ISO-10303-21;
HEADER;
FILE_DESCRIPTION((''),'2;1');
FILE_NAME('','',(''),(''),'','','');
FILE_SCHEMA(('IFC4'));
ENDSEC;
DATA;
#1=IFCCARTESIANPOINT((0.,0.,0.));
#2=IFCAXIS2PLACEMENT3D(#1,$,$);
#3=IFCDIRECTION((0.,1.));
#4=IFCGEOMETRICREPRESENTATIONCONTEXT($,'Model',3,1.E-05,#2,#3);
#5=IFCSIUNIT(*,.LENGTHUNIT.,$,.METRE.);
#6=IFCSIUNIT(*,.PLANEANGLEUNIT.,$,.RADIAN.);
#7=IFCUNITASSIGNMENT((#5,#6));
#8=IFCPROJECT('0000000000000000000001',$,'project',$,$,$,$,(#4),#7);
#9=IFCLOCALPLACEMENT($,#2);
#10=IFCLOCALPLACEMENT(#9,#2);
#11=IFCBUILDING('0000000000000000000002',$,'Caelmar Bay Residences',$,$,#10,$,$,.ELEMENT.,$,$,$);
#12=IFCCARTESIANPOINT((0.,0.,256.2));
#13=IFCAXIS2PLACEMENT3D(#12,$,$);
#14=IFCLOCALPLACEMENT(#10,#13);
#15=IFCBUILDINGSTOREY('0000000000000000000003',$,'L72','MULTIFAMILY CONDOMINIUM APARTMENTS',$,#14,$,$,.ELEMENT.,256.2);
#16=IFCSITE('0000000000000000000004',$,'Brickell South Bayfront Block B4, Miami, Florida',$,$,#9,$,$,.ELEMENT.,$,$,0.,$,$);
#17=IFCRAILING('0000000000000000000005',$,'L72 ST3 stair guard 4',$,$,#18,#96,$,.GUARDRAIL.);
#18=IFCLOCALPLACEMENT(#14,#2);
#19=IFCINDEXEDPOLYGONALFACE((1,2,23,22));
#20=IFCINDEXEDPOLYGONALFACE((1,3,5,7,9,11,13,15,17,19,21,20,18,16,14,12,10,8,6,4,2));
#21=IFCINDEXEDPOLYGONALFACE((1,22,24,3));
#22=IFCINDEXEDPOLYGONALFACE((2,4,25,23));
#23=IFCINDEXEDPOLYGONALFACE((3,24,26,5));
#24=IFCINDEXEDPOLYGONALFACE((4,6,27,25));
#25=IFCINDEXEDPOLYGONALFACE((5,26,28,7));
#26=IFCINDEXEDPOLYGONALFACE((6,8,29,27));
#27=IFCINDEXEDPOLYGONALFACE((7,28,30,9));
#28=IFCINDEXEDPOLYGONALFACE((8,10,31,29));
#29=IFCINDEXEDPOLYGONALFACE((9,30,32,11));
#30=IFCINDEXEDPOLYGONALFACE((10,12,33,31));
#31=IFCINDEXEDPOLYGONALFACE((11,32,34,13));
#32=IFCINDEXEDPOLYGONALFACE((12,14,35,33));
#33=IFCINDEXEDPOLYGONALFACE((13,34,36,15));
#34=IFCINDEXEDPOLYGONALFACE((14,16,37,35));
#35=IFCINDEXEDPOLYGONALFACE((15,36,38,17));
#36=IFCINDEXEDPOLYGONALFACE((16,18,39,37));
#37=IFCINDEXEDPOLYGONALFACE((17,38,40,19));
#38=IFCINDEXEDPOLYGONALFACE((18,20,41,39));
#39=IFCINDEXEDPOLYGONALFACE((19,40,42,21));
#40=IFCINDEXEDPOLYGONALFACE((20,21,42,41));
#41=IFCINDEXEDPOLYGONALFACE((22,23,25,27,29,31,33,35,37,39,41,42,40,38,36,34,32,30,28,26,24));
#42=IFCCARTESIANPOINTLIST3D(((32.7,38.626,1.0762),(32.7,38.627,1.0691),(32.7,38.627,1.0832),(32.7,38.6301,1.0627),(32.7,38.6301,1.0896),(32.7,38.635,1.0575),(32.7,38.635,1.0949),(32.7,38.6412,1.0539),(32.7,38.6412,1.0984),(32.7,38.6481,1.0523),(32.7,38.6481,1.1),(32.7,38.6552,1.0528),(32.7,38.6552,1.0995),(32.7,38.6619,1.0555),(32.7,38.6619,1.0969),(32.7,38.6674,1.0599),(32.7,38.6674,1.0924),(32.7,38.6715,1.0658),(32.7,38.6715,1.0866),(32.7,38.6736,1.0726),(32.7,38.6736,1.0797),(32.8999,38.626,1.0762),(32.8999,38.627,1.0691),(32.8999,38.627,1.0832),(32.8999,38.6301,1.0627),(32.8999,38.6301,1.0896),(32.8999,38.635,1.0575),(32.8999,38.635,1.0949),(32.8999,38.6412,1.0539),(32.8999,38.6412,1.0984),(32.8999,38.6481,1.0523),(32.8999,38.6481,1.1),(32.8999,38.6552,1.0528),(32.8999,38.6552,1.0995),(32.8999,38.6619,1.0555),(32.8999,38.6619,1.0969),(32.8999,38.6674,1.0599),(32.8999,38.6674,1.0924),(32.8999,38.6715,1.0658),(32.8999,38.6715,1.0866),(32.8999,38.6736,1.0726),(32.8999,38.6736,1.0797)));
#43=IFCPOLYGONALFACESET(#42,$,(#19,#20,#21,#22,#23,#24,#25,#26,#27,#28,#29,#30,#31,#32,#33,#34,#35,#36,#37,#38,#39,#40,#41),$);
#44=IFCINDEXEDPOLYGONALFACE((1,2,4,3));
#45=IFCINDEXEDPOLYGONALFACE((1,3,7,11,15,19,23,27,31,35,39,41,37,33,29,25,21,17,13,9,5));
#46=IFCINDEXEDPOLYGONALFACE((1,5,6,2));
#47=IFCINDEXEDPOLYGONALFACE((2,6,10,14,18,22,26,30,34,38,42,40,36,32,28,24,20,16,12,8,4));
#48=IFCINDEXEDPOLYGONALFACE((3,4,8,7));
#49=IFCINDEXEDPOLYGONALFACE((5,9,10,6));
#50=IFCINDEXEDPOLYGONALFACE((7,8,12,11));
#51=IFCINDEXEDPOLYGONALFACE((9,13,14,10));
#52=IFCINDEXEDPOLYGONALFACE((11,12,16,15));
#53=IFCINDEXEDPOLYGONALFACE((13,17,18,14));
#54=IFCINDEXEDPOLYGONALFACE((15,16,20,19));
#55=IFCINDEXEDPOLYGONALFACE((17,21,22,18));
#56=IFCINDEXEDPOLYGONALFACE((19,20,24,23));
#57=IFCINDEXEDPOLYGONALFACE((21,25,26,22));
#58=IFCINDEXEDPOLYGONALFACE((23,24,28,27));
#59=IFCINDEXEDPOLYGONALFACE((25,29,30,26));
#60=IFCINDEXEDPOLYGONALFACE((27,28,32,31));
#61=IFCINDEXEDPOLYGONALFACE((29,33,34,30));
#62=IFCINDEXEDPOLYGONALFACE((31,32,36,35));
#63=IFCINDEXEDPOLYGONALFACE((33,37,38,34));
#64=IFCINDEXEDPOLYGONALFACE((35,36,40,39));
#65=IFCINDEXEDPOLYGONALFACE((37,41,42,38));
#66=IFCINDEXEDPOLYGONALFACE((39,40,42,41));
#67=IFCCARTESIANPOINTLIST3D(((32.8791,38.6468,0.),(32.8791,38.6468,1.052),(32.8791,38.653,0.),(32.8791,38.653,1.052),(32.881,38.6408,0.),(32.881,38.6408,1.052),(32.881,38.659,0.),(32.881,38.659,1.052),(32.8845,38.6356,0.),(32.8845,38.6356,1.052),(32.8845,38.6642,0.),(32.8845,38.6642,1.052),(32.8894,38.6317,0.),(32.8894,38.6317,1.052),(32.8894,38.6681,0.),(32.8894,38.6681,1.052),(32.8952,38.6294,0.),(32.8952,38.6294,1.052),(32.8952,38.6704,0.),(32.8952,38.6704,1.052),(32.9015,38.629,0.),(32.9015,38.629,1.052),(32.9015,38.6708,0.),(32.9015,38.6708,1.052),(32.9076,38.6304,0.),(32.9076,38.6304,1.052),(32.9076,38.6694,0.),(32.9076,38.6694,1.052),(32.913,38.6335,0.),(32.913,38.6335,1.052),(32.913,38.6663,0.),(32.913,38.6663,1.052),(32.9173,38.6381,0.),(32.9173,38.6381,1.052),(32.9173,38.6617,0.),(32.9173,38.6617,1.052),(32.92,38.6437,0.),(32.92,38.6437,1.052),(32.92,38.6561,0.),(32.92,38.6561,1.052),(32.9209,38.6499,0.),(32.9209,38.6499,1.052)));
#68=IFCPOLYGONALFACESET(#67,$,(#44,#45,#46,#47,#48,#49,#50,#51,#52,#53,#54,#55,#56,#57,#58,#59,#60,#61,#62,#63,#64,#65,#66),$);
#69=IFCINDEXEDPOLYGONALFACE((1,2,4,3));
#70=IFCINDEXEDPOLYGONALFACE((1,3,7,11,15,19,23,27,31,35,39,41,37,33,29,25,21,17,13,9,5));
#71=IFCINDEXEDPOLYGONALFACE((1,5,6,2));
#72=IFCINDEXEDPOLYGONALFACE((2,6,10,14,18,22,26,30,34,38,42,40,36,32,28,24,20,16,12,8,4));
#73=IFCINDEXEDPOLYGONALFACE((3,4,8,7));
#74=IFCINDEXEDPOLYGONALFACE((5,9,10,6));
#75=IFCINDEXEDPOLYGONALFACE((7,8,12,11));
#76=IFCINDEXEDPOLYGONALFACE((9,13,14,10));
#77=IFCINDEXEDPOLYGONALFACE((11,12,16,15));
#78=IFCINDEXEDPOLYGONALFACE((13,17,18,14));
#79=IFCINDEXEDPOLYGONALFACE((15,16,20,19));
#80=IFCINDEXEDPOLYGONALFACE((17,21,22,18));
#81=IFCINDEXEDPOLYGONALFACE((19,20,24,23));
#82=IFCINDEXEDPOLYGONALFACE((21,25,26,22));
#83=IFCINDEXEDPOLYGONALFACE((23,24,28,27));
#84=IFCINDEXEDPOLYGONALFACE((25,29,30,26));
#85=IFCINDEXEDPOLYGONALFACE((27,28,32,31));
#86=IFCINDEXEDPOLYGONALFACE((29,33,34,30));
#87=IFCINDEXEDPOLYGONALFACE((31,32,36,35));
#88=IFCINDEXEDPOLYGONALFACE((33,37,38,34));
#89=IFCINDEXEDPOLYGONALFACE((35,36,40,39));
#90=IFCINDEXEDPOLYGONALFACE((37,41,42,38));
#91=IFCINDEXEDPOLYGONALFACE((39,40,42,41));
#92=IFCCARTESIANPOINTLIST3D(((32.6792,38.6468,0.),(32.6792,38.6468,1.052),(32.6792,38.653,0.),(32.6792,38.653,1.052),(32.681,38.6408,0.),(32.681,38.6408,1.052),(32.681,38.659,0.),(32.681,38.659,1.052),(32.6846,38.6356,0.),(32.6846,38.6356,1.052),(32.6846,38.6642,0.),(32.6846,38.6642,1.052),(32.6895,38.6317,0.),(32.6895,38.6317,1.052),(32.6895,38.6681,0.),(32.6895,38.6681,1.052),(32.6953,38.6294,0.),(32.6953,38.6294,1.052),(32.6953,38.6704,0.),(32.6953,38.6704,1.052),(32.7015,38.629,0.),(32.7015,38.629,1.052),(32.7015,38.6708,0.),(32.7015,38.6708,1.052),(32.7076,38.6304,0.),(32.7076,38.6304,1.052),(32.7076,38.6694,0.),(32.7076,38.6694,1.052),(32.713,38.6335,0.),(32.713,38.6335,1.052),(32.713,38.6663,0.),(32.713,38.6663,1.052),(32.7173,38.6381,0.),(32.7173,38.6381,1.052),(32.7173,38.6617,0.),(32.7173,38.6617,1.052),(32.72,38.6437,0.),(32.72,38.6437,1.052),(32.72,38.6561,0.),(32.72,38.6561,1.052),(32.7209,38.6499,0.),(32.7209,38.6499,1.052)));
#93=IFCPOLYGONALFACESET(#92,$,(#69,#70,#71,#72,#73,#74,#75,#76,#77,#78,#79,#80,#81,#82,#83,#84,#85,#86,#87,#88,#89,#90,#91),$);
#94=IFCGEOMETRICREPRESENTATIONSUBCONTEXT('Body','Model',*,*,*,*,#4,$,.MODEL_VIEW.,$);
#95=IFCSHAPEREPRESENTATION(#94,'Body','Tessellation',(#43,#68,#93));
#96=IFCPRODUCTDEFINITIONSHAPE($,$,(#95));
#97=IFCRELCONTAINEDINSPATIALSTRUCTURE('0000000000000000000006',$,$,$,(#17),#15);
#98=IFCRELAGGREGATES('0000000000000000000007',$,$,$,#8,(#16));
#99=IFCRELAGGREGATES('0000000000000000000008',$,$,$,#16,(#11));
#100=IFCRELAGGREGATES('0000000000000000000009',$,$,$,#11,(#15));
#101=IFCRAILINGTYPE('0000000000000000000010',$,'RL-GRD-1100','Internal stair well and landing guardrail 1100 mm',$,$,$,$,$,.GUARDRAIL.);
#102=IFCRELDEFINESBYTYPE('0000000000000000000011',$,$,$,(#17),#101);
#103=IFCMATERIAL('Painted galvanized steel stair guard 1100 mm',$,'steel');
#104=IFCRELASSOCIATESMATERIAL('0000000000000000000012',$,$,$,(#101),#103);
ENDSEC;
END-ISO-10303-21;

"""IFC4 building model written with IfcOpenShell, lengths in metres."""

from ifc_helpers import new_model, si_unit, direction, frame, origin, origin_2d, place, context, subcontext, project, spatial, circle, extrude, material, type_object, element, save


model = new_model("IFC4")

# Units and contexts
model_context = context("Model", 3, precision=1e-05, world=origin(), true_north=direction((0.0, 1.0)))
body_context = subcontext(model_context, "Body", "Model", "MODEL_VIEW")
ifc_project = project(units=[si_unit("LENGTHUNIT", "METRE"), si_unit("PLANEANGLEUNIT", "RADIAN")], contexts=[model_context])

# Site, building, storey
site_placement = place(None, origin())
site = spatial("IfcSite", under=ifc_project, at=site_placement, Name="Brickell South Bayfront Block B4, Miami, Florida", CompositionType="ELEMENT", RefElevation=0.0)
building_placement = place(site_placement, origin())
building = spatial("IfcBuilding", under=site, at=building_placement, Name="Caelmar Bay Residences", CompositionType="ELEMENT")
storey_placement = place(building_placement, frame((0.0, 0.0, 256.2)))
storey = spatial("IfcBuildingStorey", under=building, at=storey_placement, Name="L72", Description="MULTIFAMILY CONDOMINIUM APARTMENTS", CompositionType="ELEMENT", Elevation=256.2)

# Railing
ifc_material_1 = material(Name="Painted galvanized steel stair guard 1100 mm", Category="steel")
railing_type_1 = type_object("IfcRailingType", Name="RL-GRD-1100", Description="Internal stair well and landing guardrail 1100 mm", PredefinedType="GUARDRAIL", material=ifc_material_1)
railing_1_placement = place(storey_placement, frame((32.8999, 38.6499, 0.0)))
element("IfcRailing", 1, at=railing_1_placement, inside=storey, type_object=railing_type_1, Name="L72 ST3 stair guard 4", PredefinedType="GUARDRAIL", context=body_context, shape_type="SweptSolid", body=[
    extrude(circle(Radius=0.0239, at=origin_2d()), frame((0.0, 0.0, 1.0762), z_axis=(-1.0, 0.0, 0.0), x_axis=(0.0, -1.0, 0.0)), (0.0, 0.0, 1.0), 0.2),
    extrude(circle(Radius=0.021, at=origin_2d()), origin(), (0.0, 0.0, 1.0), 1.052),
    extrude(circle(Radius=0.021, at=origin_2d()), frame((-0.2, 0.0, 0.0)), (0.0, 0.0, 1.0), 1.052),
])

save(model, "model.ifc")
